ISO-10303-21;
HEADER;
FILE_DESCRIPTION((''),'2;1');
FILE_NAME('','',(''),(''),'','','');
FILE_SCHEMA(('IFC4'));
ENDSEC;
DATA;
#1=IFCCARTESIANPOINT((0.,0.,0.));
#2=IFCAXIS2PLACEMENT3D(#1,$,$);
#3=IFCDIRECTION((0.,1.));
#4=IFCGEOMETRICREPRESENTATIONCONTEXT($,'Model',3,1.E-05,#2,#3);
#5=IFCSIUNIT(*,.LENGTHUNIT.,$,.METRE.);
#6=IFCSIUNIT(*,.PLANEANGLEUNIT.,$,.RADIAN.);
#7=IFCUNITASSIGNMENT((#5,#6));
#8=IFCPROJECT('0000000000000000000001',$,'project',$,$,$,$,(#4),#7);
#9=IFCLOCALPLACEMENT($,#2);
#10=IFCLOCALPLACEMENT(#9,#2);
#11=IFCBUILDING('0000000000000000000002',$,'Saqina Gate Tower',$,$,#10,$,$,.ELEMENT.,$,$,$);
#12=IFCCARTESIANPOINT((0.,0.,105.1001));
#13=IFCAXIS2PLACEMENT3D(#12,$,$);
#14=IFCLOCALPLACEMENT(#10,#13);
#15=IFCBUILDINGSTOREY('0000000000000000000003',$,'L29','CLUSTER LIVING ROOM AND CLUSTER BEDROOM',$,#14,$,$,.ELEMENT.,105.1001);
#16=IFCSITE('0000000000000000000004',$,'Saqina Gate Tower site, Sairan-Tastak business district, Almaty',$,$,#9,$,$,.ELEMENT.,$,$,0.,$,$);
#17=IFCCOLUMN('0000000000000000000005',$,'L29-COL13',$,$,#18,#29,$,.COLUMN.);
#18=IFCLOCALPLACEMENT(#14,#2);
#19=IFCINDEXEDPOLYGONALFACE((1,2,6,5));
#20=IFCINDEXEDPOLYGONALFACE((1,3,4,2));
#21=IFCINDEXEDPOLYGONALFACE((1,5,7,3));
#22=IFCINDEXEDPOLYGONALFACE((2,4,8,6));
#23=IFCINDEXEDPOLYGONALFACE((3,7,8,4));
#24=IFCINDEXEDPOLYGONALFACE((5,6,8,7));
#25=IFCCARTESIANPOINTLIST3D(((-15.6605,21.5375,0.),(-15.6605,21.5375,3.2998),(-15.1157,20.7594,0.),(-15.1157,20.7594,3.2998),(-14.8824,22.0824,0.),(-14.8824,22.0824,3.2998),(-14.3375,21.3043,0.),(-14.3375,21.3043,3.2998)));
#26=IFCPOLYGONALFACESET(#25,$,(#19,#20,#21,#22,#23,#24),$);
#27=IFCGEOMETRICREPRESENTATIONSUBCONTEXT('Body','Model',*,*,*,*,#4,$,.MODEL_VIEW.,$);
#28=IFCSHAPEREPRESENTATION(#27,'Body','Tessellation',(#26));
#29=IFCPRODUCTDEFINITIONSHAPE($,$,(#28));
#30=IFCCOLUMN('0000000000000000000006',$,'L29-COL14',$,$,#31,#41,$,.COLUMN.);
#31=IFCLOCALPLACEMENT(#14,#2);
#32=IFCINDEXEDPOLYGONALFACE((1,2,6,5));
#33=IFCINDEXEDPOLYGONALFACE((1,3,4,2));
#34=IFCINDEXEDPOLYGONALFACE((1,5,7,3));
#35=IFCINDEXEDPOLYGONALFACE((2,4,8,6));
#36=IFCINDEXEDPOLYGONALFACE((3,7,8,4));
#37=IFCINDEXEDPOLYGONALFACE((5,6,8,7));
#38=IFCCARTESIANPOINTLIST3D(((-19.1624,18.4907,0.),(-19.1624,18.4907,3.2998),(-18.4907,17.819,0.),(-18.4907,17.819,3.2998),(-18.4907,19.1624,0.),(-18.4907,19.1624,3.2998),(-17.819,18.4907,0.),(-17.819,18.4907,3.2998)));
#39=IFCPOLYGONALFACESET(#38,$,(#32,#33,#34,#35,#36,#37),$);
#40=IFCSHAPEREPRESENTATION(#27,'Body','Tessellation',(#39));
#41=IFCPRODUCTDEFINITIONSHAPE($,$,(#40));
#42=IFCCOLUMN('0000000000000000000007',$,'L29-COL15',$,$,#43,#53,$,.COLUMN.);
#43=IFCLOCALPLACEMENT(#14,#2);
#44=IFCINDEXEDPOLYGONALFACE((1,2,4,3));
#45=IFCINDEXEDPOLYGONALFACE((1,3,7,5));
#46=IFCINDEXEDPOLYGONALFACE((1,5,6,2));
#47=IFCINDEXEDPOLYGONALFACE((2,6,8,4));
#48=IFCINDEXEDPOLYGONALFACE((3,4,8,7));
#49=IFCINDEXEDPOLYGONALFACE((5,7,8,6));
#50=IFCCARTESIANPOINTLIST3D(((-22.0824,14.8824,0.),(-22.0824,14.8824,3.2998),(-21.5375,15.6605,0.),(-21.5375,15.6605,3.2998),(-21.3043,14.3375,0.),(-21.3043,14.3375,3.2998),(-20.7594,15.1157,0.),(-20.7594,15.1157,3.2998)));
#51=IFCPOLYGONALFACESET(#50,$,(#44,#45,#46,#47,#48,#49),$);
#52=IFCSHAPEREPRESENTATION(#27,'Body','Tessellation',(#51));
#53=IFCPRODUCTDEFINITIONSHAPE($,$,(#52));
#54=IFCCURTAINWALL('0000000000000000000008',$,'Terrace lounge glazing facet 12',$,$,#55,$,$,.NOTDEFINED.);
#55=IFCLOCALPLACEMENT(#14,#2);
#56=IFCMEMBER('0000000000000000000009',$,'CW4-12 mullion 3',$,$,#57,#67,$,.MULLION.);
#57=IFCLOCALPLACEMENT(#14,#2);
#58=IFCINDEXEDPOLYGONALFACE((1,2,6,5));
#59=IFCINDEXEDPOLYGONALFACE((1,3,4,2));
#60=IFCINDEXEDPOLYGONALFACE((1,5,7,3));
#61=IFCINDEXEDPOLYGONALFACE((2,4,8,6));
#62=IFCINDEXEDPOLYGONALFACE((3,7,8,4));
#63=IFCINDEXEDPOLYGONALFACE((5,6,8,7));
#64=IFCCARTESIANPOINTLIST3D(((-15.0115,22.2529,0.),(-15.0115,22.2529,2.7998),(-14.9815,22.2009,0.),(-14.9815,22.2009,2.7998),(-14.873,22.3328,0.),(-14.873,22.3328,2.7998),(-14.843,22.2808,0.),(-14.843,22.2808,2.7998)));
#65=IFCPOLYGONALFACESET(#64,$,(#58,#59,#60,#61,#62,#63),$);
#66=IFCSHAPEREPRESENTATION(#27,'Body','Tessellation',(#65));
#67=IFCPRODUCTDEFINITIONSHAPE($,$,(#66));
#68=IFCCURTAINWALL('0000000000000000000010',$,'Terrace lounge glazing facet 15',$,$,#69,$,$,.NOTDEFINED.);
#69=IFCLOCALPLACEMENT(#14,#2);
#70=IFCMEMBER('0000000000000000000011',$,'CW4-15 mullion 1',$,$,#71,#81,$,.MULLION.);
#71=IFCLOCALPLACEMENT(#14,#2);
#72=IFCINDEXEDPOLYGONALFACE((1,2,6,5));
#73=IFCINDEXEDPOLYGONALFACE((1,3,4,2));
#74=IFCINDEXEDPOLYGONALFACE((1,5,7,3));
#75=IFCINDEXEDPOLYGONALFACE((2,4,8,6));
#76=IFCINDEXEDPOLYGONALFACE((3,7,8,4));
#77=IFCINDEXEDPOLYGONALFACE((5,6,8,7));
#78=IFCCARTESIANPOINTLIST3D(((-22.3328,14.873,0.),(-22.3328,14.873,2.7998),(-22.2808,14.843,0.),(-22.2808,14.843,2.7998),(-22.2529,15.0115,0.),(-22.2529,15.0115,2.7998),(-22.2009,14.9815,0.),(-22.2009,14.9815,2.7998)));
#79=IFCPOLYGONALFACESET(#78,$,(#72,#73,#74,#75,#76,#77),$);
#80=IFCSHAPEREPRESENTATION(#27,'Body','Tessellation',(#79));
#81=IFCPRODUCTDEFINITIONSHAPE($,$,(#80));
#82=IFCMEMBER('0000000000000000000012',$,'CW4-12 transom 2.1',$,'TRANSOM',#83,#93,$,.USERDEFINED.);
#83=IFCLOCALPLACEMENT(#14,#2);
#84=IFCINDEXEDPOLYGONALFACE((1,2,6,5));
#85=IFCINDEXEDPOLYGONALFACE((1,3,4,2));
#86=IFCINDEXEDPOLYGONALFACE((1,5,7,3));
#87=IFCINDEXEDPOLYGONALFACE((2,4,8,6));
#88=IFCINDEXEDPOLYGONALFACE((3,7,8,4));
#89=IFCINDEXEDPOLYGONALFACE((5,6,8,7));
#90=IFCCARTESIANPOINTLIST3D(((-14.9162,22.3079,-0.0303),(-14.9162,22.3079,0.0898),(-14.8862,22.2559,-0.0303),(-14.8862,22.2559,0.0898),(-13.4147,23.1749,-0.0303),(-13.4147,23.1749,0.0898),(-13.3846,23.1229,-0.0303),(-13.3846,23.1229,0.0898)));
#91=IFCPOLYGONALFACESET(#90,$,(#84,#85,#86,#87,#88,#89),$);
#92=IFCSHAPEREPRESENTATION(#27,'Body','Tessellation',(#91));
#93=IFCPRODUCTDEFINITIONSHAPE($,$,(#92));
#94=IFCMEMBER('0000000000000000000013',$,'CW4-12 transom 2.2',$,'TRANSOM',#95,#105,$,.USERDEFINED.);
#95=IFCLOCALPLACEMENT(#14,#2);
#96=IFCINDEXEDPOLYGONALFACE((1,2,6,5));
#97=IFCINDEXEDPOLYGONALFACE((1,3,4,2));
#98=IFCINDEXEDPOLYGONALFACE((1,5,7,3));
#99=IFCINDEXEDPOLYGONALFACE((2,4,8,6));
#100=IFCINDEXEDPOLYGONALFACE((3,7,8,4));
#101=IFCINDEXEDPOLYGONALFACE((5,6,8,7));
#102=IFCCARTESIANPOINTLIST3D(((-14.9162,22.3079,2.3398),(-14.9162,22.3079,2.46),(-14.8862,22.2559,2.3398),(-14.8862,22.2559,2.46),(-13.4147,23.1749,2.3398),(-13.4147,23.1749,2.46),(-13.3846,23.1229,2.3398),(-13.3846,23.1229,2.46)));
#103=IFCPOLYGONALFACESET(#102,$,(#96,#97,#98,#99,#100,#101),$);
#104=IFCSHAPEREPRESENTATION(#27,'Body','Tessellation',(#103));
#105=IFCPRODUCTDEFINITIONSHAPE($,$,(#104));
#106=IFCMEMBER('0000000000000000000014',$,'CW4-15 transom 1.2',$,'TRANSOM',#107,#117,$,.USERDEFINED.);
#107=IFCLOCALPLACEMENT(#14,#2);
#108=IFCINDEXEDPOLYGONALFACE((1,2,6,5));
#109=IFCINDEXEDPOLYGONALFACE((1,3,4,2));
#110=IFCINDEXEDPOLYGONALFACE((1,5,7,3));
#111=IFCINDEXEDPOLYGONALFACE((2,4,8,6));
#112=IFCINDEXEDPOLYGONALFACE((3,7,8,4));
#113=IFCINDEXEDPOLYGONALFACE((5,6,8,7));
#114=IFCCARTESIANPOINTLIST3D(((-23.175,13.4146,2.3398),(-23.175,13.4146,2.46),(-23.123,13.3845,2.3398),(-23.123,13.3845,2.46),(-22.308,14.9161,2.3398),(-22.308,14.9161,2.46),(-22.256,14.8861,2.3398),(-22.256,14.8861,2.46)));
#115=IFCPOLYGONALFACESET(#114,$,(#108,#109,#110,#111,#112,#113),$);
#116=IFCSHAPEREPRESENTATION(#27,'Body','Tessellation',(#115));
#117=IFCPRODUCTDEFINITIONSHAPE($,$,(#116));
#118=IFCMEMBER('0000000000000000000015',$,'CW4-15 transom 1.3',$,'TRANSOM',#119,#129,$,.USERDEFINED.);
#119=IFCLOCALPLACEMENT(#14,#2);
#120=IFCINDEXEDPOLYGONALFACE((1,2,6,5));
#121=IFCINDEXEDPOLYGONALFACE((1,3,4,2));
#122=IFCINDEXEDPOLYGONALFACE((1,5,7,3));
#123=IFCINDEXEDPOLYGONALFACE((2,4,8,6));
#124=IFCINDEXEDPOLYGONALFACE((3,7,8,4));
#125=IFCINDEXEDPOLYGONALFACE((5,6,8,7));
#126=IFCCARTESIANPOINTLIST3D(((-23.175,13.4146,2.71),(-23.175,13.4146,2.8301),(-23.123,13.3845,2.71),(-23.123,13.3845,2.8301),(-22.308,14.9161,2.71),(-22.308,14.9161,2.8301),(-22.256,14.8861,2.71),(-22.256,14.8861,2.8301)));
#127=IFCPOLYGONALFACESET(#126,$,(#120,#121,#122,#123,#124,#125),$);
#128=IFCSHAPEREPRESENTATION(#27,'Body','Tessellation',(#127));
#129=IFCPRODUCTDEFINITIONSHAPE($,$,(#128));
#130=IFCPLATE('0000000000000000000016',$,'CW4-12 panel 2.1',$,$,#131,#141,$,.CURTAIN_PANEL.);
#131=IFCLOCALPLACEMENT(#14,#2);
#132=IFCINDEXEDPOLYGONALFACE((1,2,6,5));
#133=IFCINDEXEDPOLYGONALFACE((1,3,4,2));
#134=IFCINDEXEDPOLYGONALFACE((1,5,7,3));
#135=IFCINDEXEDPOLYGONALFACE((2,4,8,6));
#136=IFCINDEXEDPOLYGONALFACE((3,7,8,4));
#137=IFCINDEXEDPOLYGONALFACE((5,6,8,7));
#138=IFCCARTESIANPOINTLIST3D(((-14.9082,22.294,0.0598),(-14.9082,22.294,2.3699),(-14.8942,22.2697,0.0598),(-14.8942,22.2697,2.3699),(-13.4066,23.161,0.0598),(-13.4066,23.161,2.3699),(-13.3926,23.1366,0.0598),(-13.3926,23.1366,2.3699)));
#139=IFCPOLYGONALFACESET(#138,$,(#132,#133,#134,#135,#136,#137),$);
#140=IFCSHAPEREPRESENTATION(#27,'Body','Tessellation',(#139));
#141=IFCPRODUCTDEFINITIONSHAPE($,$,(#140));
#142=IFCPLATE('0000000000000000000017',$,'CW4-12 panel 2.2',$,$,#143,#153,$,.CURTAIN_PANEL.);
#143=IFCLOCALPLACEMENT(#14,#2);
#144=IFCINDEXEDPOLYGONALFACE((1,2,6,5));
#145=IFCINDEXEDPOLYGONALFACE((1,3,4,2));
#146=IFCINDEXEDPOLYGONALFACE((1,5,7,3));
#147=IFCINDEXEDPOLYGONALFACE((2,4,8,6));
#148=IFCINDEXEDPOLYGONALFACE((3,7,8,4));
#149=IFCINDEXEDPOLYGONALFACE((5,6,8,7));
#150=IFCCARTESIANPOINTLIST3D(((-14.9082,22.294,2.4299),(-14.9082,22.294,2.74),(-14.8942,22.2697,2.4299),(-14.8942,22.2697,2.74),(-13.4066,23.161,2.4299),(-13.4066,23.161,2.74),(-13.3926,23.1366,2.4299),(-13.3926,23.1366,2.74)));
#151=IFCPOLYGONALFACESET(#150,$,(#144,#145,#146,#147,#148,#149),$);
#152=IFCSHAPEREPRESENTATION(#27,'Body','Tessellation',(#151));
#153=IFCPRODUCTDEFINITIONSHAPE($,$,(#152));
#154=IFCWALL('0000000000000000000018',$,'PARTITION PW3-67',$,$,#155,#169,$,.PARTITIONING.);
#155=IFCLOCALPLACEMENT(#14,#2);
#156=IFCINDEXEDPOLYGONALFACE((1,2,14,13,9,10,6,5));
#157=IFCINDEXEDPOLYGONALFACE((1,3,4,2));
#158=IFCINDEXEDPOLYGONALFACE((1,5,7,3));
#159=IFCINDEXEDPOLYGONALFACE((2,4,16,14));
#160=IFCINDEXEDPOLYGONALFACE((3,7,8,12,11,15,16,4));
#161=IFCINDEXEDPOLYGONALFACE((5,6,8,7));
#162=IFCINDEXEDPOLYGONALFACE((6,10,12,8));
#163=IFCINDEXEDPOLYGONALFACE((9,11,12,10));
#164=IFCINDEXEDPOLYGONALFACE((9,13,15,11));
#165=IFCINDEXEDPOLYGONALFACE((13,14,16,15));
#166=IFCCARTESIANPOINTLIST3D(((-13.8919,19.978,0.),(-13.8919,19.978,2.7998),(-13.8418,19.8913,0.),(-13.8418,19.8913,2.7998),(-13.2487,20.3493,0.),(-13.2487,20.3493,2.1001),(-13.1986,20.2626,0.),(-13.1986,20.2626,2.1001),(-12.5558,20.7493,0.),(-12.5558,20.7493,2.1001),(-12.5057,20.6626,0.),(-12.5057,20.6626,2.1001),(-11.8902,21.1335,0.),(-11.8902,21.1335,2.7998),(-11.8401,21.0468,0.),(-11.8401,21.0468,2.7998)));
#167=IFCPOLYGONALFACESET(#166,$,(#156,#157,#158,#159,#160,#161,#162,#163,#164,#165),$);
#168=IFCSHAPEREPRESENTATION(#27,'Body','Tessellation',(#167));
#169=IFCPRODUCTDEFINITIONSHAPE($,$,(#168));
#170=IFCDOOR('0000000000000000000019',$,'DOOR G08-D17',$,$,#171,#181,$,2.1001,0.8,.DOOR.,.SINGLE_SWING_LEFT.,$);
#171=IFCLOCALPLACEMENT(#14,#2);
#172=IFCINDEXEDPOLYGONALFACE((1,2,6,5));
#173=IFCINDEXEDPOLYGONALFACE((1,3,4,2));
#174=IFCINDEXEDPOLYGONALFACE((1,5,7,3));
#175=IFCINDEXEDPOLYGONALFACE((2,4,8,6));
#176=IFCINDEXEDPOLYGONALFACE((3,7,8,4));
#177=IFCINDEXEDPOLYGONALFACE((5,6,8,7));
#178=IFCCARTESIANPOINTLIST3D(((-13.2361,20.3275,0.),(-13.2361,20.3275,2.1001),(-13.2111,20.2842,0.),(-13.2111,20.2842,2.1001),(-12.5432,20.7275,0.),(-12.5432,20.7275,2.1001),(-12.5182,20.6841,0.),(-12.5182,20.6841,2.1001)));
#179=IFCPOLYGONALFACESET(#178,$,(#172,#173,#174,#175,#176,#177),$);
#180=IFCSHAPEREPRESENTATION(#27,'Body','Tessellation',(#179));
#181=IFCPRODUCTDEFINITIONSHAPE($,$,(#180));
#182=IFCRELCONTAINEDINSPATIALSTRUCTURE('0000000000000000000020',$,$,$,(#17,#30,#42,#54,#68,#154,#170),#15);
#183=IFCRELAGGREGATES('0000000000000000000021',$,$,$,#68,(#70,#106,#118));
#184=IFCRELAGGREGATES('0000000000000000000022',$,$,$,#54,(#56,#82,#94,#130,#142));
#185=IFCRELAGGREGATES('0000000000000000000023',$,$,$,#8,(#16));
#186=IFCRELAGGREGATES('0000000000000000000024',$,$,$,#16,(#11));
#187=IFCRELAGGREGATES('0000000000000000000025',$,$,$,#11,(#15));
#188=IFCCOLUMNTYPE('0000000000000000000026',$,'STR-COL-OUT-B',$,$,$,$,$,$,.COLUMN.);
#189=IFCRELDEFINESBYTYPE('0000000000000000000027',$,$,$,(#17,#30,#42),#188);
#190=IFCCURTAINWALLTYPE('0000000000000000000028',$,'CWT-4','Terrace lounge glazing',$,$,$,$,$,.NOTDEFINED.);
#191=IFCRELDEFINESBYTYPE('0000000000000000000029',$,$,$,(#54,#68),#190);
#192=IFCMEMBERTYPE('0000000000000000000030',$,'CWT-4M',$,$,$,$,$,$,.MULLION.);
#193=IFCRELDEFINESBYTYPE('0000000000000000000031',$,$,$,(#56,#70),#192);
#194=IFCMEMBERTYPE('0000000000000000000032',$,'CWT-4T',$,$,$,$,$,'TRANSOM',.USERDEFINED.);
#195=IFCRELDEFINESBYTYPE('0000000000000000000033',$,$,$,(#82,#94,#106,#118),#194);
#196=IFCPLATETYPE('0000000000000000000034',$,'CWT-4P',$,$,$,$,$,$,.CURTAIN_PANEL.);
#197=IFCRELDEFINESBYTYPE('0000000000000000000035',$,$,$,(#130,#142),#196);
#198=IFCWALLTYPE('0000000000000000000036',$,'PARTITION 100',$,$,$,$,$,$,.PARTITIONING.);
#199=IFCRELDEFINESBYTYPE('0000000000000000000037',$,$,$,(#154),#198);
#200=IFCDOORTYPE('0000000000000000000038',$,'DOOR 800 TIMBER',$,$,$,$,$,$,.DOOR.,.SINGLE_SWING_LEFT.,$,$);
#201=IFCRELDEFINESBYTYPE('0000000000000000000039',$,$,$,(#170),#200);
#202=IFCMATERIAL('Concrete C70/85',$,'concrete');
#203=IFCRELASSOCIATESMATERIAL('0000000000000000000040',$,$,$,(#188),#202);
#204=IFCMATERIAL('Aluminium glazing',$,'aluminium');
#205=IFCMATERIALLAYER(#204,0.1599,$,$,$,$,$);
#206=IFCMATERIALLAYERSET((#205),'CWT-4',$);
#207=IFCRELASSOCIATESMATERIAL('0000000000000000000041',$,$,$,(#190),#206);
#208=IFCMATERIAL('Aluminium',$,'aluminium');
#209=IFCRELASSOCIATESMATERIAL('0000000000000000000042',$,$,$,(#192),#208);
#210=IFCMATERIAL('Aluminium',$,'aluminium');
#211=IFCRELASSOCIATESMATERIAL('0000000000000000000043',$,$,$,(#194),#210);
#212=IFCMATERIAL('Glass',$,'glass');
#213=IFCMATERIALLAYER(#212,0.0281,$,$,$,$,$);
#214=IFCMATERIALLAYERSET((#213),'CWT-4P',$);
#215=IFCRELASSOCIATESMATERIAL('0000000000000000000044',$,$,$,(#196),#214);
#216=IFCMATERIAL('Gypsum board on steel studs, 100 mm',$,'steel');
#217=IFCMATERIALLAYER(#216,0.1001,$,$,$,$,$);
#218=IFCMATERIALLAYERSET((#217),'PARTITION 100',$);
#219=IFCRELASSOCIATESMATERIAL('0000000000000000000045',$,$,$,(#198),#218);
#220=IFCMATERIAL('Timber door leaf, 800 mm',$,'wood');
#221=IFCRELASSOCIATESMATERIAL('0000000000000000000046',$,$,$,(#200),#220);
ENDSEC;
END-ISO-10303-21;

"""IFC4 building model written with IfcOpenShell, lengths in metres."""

from ifc_helpers import new_model, si_unit, direction, frame, frame_2d, origin, origin_2d, place, context, subcontext, project, spatial, rectangle, extrude, material, layer, layer_set, material_profile, profile_set, type_object, element, fill, aggregate, save


model = new_model("IFC4")

# Units and contexts
model_context = context("Model", 3, precision=1e-05, world=origin(), true_north=direction((0.0, 1.0)))
body_context = subcontext(model_context, "Body", "Model", "MODEL_VIEW")
ifc_project = project(units=[si_unit("LENGTHUNIT", "METRE"), si_unit("PLANEANGLEUNIT", "RADIAN")], contexts=[model_context])

# Site, building, storey
site_placement = place(None, origin())
site = spatial("IfcSite", under=ifc_project, at=site_placement, Name="Saqina Gate Tower site, Sairan-Tastak business district, Almaty", CompositionType="ELEMENT", RefElevation=0.0)
building_placement = place(site_placement, origin())
building = spatial("IfcBuilding", under=site, at=building_placement, Name="Saqina Gate Tower", CompositionType="ELEMENT")
storey_placement = place(building_placement, frame((0.0, 0.0, 105.1001)))
storey = spatial("IfcBuildingStorey", under=building, at=storey_placement, Name="L29", Description="CLUSTER LIVING ROOM AND CLUSTER BEDROOM", CompositionType="ELEMENT", Elevation=105.1001)

# Columns
ifc_material_1 = material(Name="Concrete C70/85", Category="concrete")
ifc_material_profile_1 = material_profile(ifc_material_1, rectangle(XDim=0.95, YDim=0.95, at=origin_2d()), Name="RC 950x950")
ifc_profile_set_1 = profile_set([ifc_material_profile_1], Name="Concrete C70/85")
column_type = type_object("IfcColumnType", Name="STR-COL-OUT-B", PredefinedType="COLUMN", material=ifc_profile_set_1)
for number, where, z_axis, x_axis, name in (
    (1, (-14.999, 21.4209, 0.0), (0.0, 0.0, 1.0), (-0.573576, 0.819152, 0.0), "L29-COL13"),
    (2, (-18.4907, 18.4907, 0.0), (0.0, 0.0, 1.0), (-0.707107, 0.707107, 0.0), "L29-COL14"),
    (3, (-21.4209, 14.999, 0.0), (0.0, 0.0, 1.0), (-0.819152, 0.573576, 0.0), "L29-COL15"),
):
    element("IfcColumn", number, at=place(storey_placement, frame(where, z_axis=z_axis, x_axis=x_axis)), inside=storey, type_object=column_type, Name=name, PredefinedType="COLUMN", context=body_context, shape_type="SweptSolid", body=[
        extrude(rectangle(XDim=0.95, YDim=0.95, at=origin_2d()), origin(), (0.0, 0.0, 1.0), 3.2998),
    ])

# Curtain walls, members
ifc_material_2 = material(Name="Aluminium glazing", Category="aluminium")
ifc_layer_1 = layer(ifc_material_2, 0.1599)
ifc_layer_set_1 = layer_set([ifc_layer_1], Name="CWT-4")
curtain_wall_type = type_object("IfcCurtainWallType", Name="CWT-4", Description="Terrace lounge glazing", PredefinedType="NOTDEFINED", material=ifc_layer_set_1)
curtain_wall_1_placement = place(storey_placement, origin())
curtain_wall_1 = element("IfcCurtainWall", 4, at=curtain_wall_1_placement, inside=storey, type_object=curtain_wall_type, Name="Terrace lounge glazing facet 12", PredefinedType="NOTDEFINED")
ifc_material_3 = material(Name="Aluminium", Category="aluminium")
ifc_material_profile_2 = material_profile(ifc_material_3, rectangle(XDim=0.0601, YDim=0.1599, at=origin_2d()), Name="Aluminium 60x160")
ifc_profile_set_2 = profile_set([ifc_material_profile_2], Name="Aluminium")
member_type_1 = type_object("IfcMemberType", Name="CWT-4M", PredefinedType="MULLION", material=ifc_profile_set_2)
member_1_placement = place(storey_placement, frame((-14.9272, 22.2668, 0.0), z_axis=(0.0, 0.0, 1.0), x_axis=(0.499999, -0.866026, 0.0)))
member_1 = element("IfcMember", 5, at=member_1_placement, type_object=member_type_1, Name="CW4-12 mullion 3", PredefinedType="MULLION", context=body_context, shape_type="SweptSolid", body=[
    extrude(rectangle(XDim=0.0601, YDim=0.1599, at=origin_2d()), origin(), (0.0, 0.0, 1.0), 2.7998),
])
curtain_wall_2_placement = place(storey_placement, origin())
curtain_wall_2 = element("IfcCurtainWall", 6, at=curtain_wall_2_placement, inside=storey, type_object=curtain_wall_type, Name="Terrace lounge glazing facet 15", PredefinedType="NOTDEFINED")
member_2_placement = place(storey_placement, frame((-22.2668, 14.9272, 0.0), z_axis=(0.0, 0.0, 1.0), x_axis=(0.866026, -0.499999, 0.0)))
member_2 = element("IfcMember", 7, at=member_2_placement, type_object=member_type_1, Name="CW4-15 mullion 1", PredefinedType="MULLION", context=body_context, shape_type="SweptSolid", body=[
    extrude(rectangle(XDim=0.0601, YDim=0.1599, at=origin_2d()), origin(), (0.0, 0.0, 1.0), 2.7998),
])

# Members
ifc_material_4 = material(Name="Aluminium", Category="aluminium")
ifc_material_profile_3 = material_profile(ifc_material_4, rectangle(XDim=0.0601, YDim=0.1201, at=origin_2d()), Name="Aluminium 60x120")
ifc_profile_set_3 = profile_set([ifc_material_profile_3], Name="Aluminium")
member_type_2 = type_object("IfcMemberType", Name="CWT-4T", ElementType="TRANSOM", PredefinedType="USERDEFINED", material=ifc_profile_set_3)
member_3_placement = place(storey_placement, frame((-13.3997, 23.1489, 0.0298), z_axis=(-0.866007, -0.500031, 0.0), x_axis=(0.500031, -0.866007, 0.0)))
member_3 = element("IfcMember", 8, at=member_3_placement, type_object=member_type_2, Name="CW4-12 transom 2.1", ObjectType="TRANSOM", PredefinedType="USERDEFINED", context=body_context, shape_type="SweptSolid", body=[
    extrude(rectangle(XDim=0.0601, YDim=0.1201, at=origin_2d()), origin(), (0.0, 0.0, 1.0), 1.7339),
])
member_4_placement = place(storey_placement, frame((-13.3997, 23.1489, 2.3999), z_axis=(-0.866007, -0.500031, 0.0), x_axis=(0.500031, -0.866007, 0.0)))
member_4 = element("IfcMember", 9, at=member_4_placement, type_object=member_type_2, Name="CW4-12 transom 2.2", ObjectType="TRANSOM", PredefinedType="USERDEFINED", context=body_context, shape_type="SweptSolid", body=[
    extrude(rectangle(XDim=0.0601, YDim=0.1201, at=origin_2d()), origin(), (0.0, 0.0, 1.0), 1.7339),
])
member_5_placement = place(storey_placement, frame((-22.282, 14.9011, 2.3999), z_axis=(-0.500031, -0.866007, 0.0), x_axis=(0.866007, -0.500031, 0.0)))
member_5 = element("IfcMember", 10, at=member_5_placement, type_object=member_type_2, Name="CW4-15 transom 1.2", ObjectType="TRANSOM", PredefinedType="USERDEFINED", context=body_context, shape_type="SweptSolid", body=[
    extrude(rectangle(XDim=0.0601, YDim=0.1201, at=origin_2d()), origin(), (0.0, 0.0, 1.0), 1.7339),
])
member_6_placement = place(storey_placement, frame((-22.282, 14.9011, 2.77), z_axis=(-0.500031, -0.866007, 0.0), x_axis=(0.866007, -0.500031, 0.0)))
member_6 = element("IfcMember", 11, at=member_6_placement, type_object=member_type_2, Name="CW4-15 transom 1.3", ObjectType="TRANSOM", PredefinedType="USERDEFINED", context=body_context, shape_type="SweptSolid", body=[
    extrude(rectangle(XDim=0.0601, YDim=0.1201, at=origin_2d()), origin(), (0.0, 0.0, 1.0), 1.7339),
])
aggregate(curtain_wall_2, [member_2, member_5, member_6])

# Plates
ifc_material_5 = material(Name="Glass", Category="glass")
ifc_layer_2 = layer(ifc_material_5, 0.0281)
ifc_layer_set_2 = layer_set([ifc_layer_2], Name="CWT-4P")
plate_type = type_object("IfcPlateType", Name="CWT-4P", PredefinedType="CURTAIN_PANEL", material=ifc_layer_set_2)
plate_1_placement = place(storey_placement, frame((-14.1504, 22.7153, 0.0598), z_axis=(0.0, 0.0, 1.0), x_axis=(-0.866026, -0.499999, 0.0)))
plate_1 = element("IfcPlate", 12, at=plate_1_placement, type_object=plate_type, Name="CW4-12 panel 2.1", PredefinedType="CURTAIN_PANEL", context=body_context, shape_type="SweptSolid", body=[
    extrude(rectangle(XDim=1.7339, YDim=0.0281, at=origin_2d()), origin(), (0.0, 0.0, 1.0), 2.3101),
])
plate_2_placement = place(storey_placement, frame((-14.1504, 22.7153, 2.4299), z_axis=(0.0, 0.0, 1.0), x_axis=(-0.866026, -0.499999, 0.0)))
plate_2 = element("IfcPlate", 13, at=plate_2_placement, type_object=plate_type, Name="CW4-12 panel 2.2", PredefinedType="CURTAIN_PANEL", context=body_context, shape_type="SweptSolid", body=[
    extrude(rectangle(XDim=1.7339, YDim=0.0281, at=origin_2d()), origin(), (0.0, 0.0, 1.0), 0.3101),
])
aggregate(curtain_wall_1, [member_1, member_3, member_4, plate_1, plate_2])

# Wall, opening, door
ifc_material_6 = material(Name="Gypsum board on steel studs, 100 mm", Category="steel")
ifc_layer_3 = layer(ifc_material_6, 0.1001)
ifc_layer_set_3 = layer_set([ifc_layer_3], Name="PARTITION 100")
wall_type_1 = type_object("IfcWallType", Name="PARTITION 100", PredefinedType="PARTITIONING", material=ifc_layer_set_3)
wall_1_placement = place(storey_placement, frame((-13.8669, 19.9346, 0.0), z_axis=(0.0, 0.0, 1.0), x_axis=(0.866057, 0.499945, 0.0)))
wall_1 = element("IfcWall", 14, at=wall_1_placement, inside=storey, type_object=wall_type_1, Name="PARTITION PW3-67", PredefinedType="PARTITIONING", context=body_context, shape_type="SweptSolid", body=[
    extrude(rectangle(XDim=2.3113, YDim=0.1001, at=frame_2d((1.1558, 0.0))), origin(), (0.0, 0.0, 1.0), 2.7998),
])
opening_1_placement = place(wall_1_placement, frame((0.7429, 0.0, 0.0)))
opening_1 = element("IfcOpeningElement", 15, at=opening_1_placement, cuts=wall_1, PredefinedType="OPENING", context=body_context, shape_type="SweptSolid", body=[
    extrude(rectangle(XDim=0.8, YDim=2.1001, at=frame_2d((0.3999, 1.05))), frame((0.0, 0.062, 0.0), z_axis=(0.0, -1.0, 0.0), x_axis=(1.0, 0.0, 0.0)), (0.0, 0.0, 1.0), 0.124),
])
ifc_material_7 = material(Name="Timber door leaf, 800 mm", Category="wood")
door_type_1 = type_object("IfcDoorType", Name="DOOR 800 TIMBER", OperationType="SINGLE_SWING_LEFT", PredefinedType="DOOR", material=ifc_material_7)
door_1_placement = place(opening_1_placement, origin())
door_1 = element("IfcDoor", 16, at=door_1_placement, inside=storey, type_object=door_type_1, Name="DOOR G08-D17", OperationType="SINGLE_SWING_LEFT", OverallHeight=2.1001, OverallWidth=0.8, PredefinedType="DOOR", context=body_context, shape_type="SweptSolid", body=[
    extrude(rectangle(XDim=0.8, YDim=2.1001, at=frame_2d((0.3999, 1.05))), frame((0.0, 0.0249, 0.0), z_axis=(0.0, -1.0, 0.0), x_axis=(1.0, 0.0, 0.0)), (0.0, 0.0, 1.0), 0.05),
])
fill(opening_1, door_1)

save(model, "model.ifc")
